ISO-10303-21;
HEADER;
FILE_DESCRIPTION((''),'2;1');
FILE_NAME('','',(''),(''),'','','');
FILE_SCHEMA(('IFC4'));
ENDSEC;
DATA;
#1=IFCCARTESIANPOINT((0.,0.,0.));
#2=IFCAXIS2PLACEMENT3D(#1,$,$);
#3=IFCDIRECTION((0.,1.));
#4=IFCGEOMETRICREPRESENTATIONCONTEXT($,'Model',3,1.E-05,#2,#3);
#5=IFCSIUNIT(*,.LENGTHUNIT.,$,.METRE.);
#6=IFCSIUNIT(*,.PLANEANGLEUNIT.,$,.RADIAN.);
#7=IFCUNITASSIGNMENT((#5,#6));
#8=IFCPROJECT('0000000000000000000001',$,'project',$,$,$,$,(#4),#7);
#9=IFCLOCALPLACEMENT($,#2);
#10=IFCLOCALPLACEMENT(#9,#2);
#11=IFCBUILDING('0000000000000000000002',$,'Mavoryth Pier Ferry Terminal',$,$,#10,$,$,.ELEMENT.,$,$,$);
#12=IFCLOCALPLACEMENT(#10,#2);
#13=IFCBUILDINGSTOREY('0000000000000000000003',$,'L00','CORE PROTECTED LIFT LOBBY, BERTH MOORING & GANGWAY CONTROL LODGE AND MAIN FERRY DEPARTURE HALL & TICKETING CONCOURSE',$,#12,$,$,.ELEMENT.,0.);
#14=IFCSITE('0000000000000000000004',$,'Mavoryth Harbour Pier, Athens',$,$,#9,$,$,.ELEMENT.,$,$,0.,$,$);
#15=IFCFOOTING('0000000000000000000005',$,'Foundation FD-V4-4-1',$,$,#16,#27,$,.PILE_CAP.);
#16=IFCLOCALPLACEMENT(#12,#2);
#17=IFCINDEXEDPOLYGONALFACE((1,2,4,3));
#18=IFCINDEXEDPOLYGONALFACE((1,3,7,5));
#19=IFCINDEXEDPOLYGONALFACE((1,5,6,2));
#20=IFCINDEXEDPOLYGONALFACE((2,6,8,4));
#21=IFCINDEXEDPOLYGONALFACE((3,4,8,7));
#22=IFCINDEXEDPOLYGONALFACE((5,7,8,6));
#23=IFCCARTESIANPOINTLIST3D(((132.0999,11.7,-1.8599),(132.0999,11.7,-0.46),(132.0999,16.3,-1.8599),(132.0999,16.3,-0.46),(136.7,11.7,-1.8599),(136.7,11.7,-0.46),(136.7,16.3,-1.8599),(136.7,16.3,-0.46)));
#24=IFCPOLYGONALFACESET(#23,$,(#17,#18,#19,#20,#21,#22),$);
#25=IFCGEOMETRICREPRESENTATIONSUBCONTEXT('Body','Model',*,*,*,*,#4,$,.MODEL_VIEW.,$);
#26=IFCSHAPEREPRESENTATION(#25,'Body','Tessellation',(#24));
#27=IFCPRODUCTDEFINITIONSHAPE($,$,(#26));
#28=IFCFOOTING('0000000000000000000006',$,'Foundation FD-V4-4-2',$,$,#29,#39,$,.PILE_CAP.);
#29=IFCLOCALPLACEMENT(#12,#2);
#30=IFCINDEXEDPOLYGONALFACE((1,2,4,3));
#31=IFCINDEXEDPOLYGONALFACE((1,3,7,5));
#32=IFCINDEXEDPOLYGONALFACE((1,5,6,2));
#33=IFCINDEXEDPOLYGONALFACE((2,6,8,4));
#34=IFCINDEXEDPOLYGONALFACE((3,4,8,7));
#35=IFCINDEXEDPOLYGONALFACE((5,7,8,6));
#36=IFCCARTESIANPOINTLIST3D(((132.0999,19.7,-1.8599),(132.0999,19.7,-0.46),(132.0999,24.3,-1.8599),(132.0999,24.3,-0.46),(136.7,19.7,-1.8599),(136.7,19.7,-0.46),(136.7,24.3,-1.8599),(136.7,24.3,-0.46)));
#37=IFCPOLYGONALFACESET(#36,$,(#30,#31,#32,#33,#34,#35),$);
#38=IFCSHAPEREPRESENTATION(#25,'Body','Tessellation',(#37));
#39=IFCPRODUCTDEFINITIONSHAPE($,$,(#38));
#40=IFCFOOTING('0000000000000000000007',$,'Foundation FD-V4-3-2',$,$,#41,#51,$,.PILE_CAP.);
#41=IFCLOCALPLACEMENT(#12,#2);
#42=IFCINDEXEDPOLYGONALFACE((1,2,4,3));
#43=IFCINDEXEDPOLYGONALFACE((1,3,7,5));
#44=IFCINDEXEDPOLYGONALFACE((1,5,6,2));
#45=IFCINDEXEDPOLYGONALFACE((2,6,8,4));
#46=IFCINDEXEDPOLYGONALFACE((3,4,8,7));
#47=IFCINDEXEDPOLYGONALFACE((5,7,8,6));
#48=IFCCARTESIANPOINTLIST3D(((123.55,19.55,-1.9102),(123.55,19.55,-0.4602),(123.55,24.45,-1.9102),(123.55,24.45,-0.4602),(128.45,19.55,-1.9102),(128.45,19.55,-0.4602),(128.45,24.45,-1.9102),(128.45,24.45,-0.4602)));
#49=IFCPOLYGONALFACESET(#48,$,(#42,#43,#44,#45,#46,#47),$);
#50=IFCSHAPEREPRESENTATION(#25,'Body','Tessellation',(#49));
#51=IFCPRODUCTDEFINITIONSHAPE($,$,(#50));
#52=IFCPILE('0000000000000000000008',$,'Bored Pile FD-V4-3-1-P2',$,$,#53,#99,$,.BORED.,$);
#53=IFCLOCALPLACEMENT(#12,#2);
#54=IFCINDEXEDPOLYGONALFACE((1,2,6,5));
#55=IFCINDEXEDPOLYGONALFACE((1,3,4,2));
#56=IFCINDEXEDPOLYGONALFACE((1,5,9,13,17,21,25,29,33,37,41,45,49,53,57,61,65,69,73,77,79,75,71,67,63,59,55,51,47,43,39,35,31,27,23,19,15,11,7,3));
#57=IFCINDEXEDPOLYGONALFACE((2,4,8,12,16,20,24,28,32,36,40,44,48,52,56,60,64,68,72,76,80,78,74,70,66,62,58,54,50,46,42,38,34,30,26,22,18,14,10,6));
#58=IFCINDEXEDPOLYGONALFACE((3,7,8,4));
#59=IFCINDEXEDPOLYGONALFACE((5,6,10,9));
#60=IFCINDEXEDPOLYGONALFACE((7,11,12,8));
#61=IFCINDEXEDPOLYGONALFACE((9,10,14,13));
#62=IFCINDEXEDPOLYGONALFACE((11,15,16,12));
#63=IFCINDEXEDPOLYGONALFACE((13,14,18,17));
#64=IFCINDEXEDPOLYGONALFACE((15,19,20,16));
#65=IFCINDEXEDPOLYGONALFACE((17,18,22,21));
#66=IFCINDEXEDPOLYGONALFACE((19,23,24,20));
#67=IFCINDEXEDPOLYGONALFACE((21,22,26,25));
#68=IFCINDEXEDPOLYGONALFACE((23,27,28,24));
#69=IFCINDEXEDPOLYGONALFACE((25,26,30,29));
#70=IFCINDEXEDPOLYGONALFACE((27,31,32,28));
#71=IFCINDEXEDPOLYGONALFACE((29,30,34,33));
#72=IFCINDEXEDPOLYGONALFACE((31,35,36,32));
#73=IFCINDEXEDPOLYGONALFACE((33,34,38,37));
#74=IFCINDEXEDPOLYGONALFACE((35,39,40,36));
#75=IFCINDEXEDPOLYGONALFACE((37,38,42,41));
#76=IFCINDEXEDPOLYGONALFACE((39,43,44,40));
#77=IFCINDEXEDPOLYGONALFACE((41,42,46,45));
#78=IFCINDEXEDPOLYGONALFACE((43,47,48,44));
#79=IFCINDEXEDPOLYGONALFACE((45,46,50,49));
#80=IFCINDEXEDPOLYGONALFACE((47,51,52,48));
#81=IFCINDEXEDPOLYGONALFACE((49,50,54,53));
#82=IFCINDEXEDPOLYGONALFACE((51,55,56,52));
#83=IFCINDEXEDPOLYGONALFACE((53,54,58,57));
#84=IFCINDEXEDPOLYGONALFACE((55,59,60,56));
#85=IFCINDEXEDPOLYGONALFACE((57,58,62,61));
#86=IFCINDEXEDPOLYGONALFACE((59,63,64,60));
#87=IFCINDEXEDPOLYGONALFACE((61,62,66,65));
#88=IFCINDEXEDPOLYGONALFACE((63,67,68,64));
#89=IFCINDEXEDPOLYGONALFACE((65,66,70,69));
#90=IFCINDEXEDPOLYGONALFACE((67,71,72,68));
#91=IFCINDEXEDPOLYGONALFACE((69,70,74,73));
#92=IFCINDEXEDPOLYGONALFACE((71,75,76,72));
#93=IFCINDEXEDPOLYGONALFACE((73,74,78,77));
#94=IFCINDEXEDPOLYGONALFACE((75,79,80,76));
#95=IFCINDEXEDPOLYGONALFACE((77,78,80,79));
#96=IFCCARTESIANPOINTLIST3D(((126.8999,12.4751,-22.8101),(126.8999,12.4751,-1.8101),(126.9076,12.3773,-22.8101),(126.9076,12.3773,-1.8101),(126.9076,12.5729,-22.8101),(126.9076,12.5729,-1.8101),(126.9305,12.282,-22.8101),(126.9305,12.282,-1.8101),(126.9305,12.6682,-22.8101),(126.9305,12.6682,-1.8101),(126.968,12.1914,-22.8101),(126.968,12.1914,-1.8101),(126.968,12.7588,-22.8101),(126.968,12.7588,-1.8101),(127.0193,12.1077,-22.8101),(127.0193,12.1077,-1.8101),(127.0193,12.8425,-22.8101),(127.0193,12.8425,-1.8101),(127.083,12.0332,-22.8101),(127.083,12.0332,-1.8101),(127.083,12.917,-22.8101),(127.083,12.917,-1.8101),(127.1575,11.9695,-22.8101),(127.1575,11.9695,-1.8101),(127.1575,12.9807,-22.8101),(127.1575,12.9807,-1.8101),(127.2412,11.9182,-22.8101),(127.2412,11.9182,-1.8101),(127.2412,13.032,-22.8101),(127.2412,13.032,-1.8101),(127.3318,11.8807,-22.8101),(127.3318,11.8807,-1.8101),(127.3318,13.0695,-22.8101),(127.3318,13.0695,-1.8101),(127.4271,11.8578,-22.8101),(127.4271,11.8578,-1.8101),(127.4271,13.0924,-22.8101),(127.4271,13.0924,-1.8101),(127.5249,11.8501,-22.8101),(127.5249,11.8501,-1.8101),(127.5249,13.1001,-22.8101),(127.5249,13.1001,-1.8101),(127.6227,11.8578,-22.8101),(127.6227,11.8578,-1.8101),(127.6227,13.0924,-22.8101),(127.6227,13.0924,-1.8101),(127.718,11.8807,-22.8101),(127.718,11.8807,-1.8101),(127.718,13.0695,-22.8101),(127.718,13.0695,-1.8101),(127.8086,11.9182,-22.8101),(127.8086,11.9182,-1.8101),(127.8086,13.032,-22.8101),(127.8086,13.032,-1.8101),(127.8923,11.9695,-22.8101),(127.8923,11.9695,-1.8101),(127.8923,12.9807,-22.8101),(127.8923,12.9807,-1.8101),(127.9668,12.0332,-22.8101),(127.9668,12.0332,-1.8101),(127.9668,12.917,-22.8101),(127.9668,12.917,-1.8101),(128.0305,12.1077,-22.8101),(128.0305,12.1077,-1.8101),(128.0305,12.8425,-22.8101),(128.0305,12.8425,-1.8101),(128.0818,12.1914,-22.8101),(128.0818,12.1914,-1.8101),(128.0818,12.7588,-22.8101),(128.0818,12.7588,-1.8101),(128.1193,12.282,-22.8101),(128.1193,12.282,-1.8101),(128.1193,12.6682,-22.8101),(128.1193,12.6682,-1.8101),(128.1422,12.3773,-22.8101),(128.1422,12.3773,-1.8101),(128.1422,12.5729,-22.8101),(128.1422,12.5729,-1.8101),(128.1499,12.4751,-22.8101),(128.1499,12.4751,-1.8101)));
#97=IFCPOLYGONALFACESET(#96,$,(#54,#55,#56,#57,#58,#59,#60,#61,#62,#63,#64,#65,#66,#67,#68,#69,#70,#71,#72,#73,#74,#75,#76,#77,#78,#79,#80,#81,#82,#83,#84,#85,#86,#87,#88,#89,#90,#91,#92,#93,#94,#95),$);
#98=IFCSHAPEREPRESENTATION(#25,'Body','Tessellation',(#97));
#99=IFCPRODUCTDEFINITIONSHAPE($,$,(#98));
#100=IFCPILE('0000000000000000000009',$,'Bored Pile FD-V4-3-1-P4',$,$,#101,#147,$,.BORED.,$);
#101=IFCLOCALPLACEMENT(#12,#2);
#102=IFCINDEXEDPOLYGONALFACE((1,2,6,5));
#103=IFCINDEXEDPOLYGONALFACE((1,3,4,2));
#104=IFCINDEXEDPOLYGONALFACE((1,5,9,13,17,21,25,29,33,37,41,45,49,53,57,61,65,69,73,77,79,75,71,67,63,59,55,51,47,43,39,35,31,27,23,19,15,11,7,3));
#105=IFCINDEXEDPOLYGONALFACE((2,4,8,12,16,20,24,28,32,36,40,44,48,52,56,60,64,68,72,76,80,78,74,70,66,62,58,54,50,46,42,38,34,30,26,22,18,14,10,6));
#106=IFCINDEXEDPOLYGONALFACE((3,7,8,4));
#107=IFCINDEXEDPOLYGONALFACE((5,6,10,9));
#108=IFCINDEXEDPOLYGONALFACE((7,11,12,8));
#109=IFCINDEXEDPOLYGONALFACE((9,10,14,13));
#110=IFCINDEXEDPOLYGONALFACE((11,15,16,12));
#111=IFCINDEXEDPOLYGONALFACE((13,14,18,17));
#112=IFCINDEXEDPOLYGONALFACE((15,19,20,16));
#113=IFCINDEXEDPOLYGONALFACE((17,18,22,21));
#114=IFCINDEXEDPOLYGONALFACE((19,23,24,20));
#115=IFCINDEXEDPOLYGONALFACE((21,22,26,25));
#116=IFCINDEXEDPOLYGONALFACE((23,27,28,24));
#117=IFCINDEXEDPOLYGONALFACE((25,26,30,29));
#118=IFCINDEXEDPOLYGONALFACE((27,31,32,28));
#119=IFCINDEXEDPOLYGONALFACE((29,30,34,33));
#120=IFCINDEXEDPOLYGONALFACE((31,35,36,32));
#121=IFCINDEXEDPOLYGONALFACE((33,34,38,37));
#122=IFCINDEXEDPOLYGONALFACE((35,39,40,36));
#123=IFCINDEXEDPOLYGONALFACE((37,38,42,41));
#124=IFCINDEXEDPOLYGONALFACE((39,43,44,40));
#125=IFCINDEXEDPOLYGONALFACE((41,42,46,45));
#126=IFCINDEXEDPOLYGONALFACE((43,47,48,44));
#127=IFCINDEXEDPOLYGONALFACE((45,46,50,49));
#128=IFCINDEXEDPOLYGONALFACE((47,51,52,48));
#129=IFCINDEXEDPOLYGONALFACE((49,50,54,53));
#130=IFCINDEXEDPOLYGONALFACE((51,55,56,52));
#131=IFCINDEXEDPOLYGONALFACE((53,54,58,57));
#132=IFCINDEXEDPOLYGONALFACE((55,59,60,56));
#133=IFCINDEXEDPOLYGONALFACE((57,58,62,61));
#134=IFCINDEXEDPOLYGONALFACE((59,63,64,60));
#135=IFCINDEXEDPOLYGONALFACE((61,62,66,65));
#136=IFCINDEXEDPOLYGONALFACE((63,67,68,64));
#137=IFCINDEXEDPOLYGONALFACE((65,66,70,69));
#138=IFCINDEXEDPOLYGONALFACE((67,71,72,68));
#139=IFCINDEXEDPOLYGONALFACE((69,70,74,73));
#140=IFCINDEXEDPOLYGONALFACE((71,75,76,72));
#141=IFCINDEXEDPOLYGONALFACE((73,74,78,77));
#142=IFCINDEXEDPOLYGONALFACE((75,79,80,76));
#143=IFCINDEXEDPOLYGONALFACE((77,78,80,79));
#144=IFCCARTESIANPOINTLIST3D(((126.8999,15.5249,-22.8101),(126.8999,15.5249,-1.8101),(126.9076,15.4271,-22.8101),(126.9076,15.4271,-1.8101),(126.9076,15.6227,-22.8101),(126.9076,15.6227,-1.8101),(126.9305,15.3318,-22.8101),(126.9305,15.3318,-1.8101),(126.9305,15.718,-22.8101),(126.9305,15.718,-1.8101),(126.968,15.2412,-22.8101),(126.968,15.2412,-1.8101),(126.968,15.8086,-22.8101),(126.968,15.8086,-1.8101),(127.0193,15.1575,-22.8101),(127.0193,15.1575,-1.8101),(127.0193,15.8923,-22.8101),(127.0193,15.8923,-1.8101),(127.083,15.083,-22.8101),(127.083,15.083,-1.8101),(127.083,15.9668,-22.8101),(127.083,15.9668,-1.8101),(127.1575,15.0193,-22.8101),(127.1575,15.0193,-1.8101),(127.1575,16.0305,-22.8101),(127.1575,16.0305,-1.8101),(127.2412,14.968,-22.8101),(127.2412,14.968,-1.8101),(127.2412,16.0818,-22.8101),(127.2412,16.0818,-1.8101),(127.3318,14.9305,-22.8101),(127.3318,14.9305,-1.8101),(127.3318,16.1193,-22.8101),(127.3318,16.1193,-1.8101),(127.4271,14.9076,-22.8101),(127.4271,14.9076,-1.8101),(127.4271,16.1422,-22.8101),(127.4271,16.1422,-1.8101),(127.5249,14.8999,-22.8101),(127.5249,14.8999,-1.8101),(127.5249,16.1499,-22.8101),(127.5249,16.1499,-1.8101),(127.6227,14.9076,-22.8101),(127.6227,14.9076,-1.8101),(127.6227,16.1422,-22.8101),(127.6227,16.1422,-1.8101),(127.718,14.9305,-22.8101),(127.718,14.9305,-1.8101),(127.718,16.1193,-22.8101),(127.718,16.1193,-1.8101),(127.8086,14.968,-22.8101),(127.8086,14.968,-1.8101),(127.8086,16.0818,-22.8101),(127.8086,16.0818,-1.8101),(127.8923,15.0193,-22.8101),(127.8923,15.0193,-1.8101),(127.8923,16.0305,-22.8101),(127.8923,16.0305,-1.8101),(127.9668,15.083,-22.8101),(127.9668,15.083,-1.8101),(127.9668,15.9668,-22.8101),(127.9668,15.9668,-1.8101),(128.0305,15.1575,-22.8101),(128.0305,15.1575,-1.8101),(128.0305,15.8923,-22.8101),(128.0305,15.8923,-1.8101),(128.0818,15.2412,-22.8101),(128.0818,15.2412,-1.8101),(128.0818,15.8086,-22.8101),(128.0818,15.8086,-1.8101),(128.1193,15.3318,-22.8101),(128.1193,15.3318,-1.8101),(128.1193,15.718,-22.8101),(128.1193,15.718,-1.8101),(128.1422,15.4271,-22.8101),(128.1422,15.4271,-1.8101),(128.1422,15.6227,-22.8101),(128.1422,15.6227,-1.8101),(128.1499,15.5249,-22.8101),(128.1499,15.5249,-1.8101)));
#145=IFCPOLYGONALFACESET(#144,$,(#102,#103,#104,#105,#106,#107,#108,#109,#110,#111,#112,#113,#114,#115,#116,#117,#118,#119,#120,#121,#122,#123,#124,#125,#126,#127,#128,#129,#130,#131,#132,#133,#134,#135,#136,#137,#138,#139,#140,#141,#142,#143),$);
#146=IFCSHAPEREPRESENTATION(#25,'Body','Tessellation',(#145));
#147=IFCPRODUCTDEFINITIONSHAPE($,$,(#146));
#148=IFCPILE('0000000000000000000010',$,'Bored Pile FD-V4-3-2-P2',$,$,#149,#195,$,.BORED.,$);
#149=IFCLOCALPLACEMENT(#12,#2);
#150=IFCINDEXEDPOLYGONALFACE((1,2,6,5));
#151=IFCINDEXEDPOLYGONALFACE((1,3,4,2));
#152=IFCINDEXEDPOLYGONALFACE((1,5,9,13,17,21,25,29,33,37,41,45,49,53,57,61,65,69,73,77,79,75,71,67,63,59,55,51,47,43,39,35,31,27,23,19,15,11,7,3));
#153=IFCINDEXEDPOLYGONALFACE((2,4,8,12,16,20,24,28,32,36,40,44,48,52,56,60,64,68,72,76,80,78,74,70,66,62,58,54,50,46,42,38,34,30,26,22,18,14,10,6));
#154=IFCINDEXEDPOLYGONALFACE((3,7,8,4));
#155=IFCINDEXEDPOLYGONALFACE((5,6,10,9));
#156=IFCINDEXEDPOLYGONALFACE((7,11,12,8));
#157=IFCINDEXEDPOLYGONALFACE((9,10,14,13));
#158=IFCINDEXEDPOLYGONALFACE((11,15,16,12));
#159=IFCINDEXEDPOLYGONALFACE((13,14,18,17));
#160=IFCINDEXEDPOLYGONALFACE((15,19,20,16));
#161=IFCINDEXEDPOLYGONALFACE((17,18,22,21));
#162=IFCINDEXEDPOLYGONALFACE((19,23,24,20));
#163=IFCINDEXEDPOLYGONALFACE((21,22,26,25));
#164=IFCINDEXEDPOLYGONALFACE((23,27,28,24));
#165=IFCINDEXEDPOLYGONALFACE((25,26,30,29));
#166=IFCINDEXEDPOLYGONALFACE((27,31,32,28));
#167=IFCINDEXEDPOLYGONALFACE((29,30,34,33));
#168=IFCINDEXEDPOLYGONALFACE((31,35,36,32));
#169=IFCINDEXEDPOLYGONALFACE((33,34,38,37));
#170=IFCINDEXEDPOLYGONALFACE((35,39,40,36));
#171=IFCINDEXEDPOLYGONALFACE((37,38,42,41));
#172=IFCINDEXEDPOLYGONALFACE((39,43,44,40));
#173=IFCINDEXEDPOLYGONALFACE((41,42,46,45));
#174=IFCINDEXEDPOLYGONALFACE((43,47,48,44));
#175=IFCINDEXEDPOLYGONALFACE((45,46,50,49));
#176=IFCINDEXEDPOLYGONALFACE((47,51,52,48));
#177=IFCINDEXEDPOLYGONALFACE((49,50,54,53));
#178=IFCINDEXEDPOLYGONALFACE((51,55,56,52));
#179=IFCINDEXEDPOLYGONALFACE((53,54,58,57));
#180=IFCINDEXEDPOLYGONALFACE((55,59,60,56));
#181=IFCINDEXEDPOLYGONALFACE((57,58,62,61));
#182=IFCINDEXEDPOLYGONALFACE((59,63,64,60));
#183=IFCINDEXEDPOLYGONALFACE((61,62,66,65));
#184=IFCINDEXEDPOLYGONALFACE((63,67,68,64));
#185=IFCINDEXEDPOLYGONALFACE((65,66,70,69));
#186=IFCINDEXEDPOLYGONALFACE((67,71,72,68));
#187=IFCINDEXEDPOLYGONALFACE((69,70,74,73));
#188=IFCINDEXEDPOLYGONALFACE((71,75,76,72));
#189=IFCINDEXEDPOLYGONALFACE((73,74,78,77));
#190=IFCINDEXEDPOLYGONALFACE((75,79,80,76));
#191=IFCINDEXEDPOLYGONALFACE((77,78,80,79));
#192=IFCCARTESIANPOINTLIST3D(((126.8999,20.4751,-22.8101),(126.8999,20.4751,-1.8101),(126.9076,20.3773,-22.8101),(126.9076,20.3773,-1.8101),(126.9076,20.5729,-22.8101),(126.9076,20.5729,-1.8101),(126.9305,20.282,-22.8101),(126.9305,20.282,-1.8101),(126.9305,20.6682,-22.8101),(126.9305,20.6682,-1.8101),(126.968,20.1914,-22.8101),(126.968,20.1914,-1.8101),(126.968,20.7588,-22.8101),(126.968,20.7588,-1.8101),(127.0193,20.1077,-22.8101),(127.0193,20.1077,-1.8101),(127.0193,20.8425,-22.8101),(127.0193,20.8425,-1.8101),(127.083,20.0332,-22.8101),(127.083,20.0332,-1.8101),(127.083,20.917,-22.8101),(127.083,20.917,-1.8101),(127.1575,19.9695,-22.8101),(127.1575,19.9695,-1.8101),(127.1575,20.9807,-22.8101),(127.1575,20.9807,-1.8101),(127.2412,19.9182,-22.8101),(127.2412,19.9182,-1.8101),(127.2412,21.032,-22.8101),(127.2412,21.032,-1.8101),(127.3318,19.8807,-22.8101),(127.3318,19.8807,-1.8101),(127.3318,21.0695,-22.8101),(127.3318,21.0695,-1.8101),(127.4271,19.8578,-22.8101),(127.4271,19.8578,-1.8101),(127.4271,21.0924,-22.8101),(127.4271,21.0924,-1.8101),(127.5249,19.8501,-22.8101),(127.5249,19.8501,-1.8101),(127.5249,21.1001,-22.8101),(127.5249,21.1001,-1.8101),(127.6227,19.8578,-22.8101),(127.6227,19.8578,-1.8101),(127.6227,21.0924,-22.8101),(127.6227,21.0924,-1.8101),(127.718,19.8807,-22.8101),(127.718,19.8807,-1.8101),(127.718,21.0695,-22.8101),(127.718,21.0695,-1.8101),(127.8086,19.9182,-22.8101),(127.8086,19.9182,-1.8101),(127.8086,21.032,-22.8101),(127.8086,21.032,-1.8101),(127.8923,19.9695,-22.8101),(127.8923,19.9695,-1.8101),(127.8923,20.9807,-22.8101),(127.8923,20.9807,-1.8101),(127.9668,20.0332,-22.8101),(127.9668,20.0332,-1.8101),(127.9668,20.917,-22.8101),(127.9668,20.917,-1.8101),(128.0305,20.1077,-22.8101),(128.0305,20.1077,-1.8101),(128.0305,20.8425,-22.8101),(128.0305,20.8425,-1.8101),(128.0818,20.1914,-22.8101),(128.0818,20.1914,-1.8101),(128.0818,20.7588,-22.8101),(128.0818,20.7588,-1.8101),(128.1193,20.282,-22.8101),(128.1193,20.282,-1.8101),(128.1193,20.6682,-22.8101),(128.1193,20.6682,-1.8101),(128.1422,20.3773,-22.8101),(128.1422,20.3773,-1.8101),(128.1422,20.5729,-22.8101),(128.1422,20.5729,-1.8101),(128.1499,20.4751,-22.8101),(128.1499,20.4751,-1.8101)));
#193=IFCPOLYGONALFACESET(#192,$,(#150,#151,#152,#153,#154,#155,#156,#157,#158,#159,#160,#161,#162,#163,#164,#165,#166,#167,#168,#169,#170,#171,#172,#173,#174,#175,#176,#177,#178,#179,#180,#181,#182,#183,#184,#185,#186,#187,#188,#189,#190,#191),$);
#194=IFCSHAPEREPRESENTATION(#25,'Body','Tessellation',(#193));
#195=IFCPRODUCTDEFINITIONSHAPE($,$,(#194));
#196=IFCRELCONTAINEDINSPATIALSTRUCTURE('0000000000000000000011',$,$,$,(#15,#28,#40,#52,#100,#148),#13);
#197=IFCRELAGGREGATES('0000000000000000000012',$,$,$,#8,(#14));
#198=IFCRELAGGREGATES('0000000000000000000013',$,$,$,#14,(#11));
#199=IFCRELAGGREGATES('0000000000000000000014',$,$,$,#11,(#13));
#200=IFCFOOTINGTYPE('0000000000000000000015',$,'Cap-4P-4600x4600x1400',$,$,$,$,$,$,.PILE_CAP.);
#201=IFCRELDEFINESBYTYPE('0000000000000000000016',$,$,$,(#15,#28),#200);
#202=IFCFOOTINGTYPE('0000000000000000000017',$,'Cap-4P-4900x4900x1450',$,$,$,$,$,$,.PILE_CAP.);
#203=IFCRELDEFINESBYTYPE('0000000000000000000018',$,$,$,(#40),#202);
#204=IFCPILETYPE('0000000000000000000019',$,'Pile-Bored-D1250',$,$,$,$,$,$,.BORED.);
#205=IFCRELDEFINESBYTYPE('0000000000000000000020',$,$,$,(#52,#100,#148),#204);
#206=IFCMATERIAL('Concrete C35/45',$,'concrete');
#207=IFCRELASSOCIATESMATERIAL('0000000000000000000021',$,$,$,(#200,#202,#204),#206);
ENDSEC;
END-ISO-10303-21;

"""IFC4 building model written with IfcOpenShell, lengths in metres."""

from ifc_helpers import new_model, si_unit, direction, frame, origin, origin_2d, place, context, subcontext, project, spatial, rectangle, circle, extrude, material, material_profile, profile_set, type_object, element, save


model = new_model("IFC4")

# Units and contexts
model_context = context("Model", 3, precision=1e-05, world=origin(), true_north=direction((0.0, 1.0)))
body_context = subcontext(model_context, "Body", "Model", "MODEL_VIEW")
ifc_project = project(units=[si_unit("LENGTHUNIT", "METRE"), si_unit("PLANEANGLEUNIT", "RADIAN")], contexts=[model_context])

# Site, building, storey
site_placement = place(None, origin())
site = spatial("IfcSite", under=ifc_project, at=site_placement, Name="Mavoryth Harbour Pier, Athens", CompositionType="ELEMENT", RefElevation=0.0)
building_placement = place(site_placement, origin())
building = spatial("IfcBuilding", under=site, at=building_placement, Name="Mavoryth Pier Ferry Terminal", CompositionType="ELEMENT")
storey_placement = place(building_placement, origin())
storey = spatial("IfcBuildingStorey", under=building, at=storey_placement, Name="L00", Description="CORE PROTECTED LIFT LOBBY, BERTH MOORING & GANGWAY CONTROL LODGE AND MAIN FERRY DEPARTURE HALL & TICKETING CONCOURSE", CompositionType="ELEMENT", Elevation=0.0)

# Footings
ifc_material_1 = material(Name="Concrete C35/45", Category="concrete")
footing_type_1 = type_object("IfcFootingType", Name="Cap-4P-4600x4600x1400", PredefinedType="PILE_CAP", material=ifc_material_1)
for number, where, z_axis, x_axis, name in (
    (1, (134.3999, 14.0, -1.8599), (0.0, 0.0, 1.0), (1.0, 0.0, 0.0), "Foundation FD-V4-4-1"),
    (2, (134.3999, 22.0, -1.8599), (0.0, 0.0, 1.0), (1.0, 0.0, 0.0), "Foundation FD-V4-4-2"),
):
    element("IfcFooting", number, at=place(storey_placement, frame(where, z_axis=z_axis, x_axis=x_axis)), inside=storey, type_object=footing_type_1, Name=name, PredefinedType="PILE_CAP", context=body_context, shape_type="SweptSolid", body=[
        extrude(rectangle(XDim=4.6001, YDim=4.6001, at=origin_2d()), origin(), (0.0, 0.0, 1.0), 1.3999),
    ])
footing_type_2 = type_object("IfcFootingType", Name="Cap-4P-4900x4900x1450", PredefinedType="PILE_CAP", material=ifc_material_1)
footing_1_placement = place(storey_placement, frame((126.0, 22.0, -1.9102), z_axis=(0.0, 0.0, 1.0), x_axis=(1.0, 0.0, 0.0)))
element("IfcFooting", 3, at=footing_1_placement, inside=storey, type_object=footing_type_2, Name="Foundation FD-V4-3-2", PredefinedType="PILE_CAP", context=body_context, shape_type="SweptSolid", body=[
    extrude(rectangle(XDim=4.8999, YDim=4.8999, at=origin_2d()), origin(), (0.0, 0.0, 1.0), 1.45),
])

# Piles
ifc_material_profile_1 = material_profile(ifc_material_1, circle(Radius=0.625, at=origin_2d()), Name="PILE D1250", Category="concrete")
ifc_profile_set_1 = profile_set([ifc_material_profile_1], Name="Concrete C35/45 - PILE D1250")
pile_type = type_object("IfcPileType", Name="Pile-Bored-D1250", PredefinedType="BORED", material=ifc_profile_set_1)
for number, where, z_axis, x_axis, name in (
    (4, (127.5249, 12.4751, -1.8101), (0.0, 0.0, -1.0), (1.0, 0.0, 0.0), "Bored Pile FD-V4-3-1-P2"),
    (5, (127.5249, 15.5249, -1.8101), (0.0, 0.0, -1.0), (1.0, 0.0, 0.0), "Bored Pile FD-V4-3-1-P4"),
    (6, (127.5249, 20.4751, -1.8101), (0.0, 0.0, -1.0), (1.0, 0.0, 0.0), "Bored Pile FD-V4-3-2-P2"),
):
    element("IfcPile", number, at=place(storey_placement, frame(where, z_axis=z_axis, x_axis=x_axis)), inside=storey, type_object=pile_type, Name=name, PredefinedType="BORED", context=body_context, shape_type="SweptSolid", body=[
        extrude(circle(Radius=0.625, at=origin_2d()), origin(), (0.0, 0.0, 1.0), 21.0),
    ])

save(model, "model.ifc")
